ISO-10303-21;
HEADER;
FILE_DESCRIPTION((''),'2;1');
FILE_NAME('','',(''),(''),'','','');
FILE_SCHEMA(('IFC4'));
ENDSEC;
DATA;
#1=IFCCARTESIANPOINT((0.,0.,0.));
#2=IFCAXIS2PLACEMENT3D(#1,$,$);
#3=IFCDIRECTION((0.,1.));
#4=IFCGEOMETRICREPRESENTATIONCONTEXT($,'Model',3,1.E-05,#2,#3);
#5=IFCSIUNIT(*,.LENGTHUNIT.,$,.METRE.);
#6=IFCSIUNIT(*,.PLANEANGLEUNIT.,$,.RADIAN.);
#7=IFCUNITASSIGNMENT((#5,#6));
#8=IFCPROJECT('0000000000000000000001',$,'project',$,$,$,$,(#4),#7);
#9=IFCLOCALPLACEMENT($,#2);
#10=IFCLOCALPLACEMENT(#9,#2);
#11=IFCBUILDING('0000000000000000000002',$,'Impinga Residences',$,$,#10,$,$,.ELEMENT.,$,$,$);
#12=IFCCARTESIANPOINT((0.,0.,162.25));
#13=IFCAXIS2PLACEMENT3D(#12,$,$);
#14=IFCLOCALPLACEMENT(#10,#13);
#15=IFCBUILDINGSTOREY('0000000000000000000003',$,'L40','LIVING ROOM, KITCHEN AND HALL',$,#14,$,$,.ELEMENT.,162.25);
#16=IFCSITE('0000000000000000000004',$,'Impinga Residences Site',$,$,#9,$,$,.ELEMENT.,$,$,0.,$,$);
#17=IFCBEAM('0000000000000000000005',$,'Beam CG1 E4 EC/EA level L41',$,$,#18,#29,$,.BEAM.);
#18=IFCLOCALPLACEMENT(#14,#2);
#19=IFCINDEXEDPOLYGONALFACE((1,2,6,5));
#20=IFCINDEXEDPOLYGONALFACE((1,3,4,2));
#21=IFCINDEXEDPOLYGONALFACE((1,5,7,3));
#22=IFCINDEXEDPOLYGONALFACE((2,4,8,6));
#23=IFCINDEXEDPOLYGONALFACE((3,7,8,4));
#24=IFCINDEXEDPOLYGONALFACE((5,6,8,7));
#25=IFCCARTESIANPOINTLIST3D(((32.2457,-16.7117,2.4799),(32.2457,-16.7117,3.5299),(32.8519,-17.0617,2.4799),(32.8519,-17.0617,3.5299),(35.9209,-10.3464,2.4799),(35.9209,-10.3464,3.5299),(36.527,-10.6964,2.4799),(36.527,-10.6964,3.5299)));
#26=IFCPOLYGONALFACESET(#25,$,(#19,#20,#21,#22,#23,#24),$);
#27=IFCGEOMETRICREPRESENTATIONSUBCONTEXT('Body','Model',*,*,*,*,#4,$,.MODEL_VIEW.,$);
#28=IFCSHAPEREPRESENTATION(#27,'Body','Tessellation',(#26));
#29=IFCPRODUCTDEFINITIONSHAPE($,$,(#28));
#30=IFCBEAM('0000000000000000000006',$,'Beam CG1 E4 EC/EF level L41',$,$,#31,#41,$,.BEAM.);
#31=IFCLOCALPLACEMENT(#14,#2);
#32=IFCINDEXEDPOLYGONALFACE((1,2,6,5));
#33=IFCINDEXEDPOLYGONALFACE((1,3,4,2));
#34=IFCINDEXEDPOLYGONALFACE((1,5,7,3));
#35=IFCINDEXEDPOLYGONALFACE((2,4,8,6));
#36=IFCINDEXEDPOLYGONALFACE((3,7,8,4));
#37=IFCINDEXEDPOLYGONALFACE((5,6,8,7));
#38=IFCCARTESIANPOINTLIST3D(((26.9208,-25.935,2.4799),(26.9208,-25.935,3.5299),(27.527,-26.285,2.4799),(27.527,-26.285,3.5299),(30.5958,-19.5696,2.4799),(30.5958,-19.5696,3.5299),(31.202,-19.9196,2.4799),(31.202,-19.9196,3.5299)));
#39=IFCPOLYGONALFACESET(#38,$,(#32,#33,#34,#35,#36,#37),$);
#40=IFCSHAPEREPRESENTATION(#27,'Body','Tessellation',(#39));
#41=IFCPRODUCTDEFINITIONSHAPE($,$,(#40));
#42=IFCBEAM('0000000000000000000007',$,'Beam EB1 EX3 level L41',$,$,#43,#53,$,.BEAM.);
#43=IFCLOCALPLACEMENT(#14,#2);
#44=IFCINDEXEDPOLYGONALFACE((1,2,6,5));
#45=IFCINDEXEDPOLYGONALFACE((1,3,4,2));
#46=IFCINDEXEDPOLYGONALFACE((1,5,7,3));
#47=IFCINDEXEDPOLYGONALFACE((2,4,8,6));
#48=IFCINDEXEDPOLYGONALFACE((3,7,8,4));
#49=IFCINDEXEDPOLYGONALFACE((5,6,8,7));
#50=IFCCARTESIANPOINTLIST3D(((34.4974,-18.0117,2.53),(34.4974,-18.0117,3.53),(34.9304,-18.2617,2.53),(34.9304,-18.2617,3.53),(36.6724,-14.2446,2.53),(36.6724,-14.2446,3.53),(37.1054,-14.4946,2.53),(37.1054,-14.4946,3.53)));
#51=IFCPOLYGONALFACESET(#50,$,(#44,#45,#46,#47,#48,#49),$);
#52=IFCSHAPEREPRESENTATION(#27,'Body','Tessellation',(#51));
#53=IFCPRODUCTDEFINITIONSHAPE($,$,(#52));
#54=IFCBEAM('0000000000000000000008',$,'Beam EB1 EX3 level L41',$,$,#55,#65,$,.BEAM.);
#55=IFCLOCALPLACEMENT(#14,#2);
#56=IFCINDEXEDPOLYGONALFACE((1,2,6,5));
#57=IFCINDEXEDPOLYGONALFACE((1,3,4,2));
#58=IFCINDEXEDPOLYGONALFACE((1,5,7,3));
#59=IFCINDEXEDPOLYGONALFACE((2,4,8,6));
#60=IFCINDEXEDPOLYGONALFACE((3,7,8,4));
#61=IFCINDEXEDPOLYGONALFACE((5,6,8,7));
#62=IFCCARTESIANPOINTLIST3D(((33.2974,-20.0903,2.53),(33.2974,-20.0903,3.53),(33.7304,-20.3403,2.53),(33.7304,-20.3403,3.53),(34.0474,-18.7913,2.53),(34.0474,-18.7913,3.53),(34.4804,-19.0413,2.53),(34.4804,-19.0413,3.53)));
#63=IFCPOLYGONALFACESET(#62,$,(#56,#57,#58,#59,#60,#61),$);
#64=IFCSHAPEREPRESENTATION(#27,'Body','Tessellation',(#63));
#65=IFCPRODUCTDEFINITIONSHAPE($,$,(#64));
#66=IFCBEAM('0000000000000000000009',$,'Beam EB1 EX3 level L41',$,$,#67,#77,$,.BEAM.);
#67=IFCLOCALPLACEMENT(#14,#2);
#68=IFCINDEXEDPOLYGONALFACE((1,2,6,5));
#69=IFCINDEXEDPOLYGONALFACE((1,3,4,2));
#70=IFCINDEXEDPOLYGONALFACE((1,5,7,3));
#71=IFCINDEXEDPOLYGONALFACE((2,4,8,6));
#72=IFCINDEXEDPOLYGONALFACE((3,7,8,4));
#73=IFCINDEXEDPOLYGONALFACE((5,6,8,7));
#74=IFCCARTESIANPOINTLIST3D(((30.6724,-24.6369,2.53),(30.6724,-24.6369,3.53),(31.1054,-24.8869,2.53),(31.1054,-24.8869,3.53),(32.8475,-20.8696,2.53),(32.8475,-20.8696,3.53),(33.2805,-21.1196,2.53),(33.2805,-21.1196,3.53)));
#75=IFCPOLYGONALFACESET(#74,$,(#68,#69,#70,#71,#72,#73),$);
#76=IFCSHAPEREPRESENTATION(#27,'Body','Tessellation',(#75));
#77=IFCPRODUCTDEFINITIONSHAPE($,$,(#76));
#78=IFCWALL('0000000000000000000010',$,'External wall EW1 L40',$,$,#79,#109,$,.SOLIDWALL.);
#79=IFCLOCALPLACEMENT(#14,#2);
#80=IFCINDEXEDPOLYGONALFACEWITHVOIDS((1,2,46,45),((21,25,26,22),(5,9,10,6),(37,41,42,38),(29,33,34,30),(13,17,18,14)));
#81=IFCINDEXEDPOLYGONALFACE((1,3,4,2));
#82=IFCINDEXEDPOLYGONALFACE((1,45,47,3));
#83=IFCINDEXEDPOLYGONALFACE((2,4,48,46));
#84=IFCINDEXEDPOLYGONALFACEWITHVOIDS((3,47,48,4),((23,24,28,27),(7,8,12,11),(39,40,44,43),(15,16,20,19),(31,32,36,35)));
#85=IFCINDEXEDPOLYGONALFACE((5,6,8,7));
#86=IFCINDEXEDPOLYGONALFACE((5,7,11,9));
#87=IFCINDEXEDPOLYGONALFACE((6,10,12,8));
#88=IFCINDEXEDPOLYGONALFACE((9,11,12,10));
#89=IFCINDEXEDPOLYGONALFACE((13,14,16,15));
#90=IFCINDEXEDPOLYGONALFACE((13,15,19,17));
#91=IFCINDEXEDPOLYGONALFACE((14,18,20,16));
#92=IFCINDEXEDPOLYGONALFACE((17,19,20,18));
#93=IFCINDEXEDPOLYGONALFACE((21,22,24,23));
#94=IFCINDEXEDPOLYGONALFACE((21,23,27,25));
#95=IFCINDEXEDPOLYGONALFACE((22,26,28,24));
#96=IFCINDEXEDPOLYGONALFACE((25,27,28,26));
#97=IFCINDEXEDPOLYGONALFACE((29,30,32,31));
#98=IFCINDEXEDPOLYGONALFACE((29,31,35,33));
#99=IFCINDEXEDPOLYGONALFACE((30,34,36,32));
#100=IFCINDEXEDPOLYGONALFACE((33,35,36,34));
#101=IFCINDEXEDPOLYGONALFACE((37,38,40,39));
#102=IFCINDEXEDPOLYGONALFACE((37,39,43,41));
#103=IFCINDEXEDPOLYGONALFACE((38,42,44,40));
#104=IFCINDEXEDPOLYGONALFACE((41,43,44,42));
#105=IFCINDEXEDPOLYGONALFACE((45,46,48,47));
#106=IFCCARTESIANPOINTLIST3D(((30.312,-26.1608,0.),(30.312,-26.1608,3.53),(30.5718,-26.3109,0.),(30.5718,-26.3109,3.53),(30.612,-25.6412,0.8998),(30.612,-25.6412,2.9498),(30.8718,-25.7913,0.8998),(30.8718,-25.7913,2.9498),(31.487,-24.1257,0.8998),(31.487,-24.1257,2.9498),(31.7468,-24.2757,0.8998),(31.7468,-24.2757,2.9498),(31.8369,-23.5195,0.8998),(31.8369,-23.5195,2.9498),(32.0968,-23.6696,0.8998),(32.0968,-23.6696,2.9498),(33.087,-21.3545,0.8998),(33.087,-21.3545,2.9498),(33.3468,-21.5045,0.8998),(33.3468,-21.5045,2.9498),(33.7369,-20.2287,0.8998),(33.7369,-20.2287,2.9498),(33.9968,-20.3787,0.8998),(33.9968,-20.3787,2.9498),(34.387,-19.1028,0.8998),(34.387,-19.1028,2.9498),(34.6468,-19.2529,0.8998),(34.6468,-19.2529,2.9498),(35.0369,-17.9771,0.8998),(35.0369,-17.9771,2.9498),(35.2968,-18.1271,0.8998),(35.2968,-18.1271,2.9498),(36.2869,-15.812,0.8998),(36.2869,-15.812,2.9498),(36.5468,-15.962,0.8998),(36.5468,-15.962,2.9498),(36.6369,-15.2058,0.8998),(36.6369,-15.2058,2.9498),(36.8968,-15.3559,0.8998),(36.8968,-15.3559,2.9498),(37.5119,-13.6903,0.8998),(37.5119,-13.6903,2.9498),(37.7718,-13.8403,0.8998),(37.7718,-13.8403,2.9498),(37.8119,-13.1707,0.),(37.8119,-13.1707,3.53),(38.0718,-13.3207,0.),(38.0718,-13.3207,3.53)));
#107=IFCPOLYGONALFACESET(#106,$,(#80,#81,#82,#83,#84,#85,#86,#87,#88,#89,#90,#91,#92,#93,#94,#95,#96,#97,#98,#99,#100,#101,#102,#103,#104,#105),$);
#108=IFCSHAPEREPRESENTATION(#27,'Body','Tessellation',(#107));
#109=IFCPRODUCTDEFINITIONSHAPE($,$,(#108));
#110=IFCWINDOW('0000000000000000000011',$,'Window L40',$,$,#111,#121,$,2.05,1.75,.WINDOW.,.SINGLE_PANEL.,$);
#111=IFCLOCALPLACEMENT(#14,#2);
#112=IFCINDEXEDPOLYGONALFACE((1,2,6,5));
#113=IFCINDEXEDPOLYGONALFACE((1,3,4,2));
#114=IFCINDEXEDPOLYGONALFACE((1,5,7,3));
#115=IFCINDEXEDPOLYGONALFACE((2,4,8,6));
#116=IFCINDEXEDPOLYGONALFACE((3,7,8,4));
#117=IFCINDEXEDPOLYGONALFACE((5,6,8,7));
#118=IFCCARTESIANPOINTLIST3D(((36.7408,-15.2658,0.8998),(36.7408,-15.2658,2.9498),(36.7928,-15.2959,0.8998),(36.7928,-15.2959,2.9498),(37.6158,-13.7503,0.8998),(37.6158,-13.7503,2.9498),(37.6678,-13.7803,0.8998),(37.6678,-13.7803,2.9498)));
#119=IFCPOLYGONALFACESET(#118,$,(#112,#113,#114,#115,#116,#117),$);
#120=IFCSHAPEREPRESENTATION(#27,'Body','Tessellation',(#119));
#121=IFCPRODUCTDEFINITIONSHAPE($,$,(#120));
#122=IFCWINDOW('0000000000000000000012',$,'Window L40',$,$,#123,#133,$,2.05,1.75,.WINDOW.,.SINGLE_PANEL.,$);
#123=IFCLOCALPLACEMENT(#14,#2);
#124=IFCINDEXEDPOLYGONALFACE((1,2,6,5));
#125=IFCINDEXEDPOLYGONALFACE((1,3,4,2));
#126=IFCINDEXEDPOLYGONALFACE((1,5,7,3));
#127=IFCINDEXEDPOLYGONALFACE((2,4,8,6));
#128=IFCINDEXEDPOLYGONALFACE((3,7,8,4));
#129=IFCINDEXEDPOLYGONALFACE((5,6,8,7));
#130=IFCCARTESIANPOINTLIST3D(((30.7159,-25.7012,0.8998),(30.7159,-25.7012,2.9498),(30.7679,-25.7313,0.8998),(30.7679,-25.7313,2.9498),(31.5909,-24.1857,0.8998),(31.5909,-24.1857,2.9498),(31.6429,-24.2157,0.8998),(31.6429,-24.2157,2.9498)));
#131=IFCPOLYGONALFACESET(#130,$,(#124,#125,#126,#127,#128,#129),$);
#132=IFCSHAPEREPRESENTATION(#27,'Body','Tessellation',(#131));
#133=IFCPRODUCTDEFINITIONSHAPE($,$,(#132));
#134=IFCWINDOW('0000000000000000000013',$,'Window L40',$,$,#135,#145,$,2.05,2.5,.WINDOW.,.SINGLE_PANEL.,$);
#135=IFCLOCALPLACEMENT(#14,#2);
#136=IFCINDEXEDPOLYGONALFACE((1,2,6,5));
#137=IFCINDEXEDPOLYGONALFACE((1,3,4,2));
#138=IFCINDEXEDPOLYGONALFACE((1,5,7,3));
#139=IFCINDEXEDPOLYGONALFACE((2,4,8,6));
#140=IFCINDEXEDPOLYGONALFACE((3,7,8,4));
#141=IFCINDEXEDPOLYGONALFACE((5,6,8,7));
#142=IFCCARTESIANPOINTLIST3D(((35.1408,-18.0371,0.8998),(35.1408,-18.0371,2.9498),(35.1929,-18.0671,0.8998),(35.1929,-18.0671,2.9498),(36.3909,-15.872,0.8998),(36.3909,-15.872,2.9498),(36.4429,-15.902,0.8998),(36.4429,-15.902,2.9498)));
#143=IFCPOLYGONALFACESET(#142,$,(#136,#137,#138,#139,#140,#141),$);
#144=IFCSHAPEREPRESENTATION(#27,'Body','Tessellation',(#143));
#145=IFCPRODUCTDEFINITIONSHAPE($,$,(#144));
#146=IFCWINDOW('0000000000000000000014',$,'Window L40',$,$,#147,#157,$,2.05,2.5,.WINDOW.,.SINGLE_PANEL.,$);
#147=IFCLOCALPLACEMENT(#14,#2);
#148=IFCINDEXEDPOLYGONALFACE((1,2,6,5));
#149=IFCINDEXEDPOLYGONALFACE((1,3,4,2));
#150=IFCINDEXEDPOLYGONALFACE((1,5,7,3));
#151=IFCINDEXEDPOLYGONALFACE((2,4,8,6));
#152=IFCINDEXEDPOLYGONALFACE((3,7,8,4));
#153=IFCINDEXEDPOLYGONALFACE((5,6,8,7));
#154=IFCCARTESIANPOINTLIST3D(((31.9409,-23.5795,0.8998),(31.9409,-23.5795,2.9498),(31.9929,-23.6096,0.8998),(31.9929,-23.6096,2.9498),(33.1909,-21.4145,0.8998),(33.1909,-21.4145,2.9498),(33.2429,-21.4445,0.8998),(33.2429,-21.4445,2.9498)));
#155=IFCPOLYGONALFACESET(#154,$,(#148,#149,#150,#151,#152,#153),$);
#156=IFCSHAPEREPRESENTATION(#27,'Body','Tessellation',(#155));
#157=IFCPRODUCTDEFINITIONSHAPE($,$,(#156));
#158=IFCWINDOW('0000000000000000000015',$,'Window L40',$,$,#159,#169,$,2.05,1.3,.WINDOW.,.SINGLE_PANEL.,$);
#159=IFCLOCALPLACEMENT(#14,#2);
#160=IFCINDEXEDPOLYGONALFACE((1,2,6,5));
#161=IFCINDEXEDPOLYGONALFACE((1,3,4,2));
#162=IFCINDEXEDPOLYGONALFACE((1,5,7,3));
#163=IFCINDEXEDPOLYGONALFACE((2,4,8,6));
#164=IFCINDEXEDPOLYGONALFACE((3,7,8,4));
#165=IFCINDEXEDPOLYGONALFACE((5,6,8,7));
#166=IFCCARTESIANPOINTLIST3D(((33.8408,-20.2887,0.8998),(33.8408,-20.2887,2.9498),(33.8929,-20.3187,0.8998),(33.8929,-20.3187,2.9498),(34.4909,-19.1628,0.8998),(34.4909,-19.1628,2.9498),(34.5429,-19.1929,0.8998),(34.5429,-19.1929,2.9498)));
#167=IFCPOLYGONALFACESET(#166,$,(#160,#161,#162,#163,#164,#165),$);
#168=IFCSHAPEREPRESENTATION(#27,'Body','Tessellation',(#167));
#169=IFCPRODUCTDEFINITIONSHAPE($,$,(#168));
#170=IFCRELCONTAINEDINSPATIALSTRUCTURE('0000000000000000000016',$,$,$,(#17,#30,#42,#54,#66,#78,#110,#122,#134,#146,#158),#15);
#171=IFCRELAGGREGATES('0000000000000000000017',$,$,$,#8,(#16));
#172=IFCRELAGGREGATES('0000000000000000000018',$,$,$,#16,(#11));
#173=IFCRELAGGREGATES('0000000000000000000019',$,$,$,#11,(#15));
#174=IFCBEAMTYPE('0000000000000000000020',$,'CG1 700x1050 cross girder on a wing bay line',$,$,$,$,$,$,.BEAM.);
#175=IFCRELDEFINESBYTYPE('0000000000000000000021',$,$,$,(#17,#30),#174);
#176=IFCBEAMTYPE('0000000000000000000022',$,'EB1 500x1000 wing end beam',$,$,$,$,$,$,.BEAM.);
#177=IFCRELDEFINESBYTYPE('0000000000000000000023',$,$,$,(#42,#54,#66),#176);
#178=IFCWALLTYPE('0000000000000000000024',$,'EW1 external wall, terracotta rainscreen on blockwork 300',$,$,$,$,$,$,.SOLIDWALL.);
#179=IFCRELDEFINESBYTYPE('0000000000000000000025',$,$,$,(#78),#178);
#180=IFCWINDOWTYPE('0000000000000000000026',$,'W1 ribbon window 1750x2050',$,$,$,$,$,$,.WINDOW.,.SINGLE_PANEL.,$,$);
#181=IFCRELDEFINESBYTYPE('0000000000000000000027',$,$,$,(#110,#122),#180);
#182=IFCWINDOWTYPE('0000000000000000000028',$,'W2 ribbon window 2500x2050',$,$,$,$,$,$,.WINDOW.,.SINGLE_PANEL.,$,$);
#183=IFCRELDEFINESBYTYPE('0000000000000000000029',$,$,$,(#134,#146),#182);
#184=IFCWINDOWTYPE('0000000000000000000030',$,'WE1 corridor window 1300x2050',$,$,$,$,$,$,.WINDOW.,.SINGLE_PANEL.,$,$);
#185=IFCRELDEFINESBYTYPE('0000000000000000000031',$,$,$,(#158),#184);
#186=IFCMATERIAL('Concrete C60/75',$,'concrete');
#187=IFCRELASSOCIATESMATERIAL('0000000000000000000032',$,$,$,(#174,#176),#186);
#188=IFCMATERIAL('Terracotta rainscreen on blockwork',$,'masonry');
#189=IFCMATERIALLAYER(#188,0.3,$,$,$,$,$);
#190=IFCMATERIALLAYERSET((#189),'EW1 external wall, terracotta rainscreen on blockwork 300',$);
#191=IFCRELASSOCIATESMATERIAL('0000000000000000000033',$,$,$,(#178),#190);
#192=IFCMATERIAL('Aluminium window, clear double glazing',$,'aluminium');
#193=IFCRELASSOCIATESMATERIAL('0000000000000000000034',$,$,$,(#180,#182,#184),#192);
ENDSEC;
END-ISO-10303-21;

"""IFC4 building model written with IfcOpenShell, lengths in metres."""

from ifc_helpers import new_model, si_unit, direction, frame, frame_2d, origin, origin_2d, place, context, subcontext, project, spatial, rectangle, extrude, material, layer, layer_set, material_profile, profile_set, type_object, element, fill, save


model = new_model("IFC4")

# Units and contexts
model_context = context("Model", 3, precision=1e-05, world=origin(), true_north=direction((0.0, 1.0)))
body_context = subcontext(model_context, "Body", "Model", "MODEL_VIEW")
ifc_project = project(units=[si_unit("LENGTHUNIT", "METRE"), si_unit("PLANEANGLEUNIT", "RADIAN")], contexts=[model_context])

# Site, building, storey
site_placement = place(None, origin())
site = spatial("IfcSite", under=ifc_project, at=site_placement, Name="Impinga Residences Site", CompositionType="ELEMENT", RefElevation=0.0)
building_placement = place(site_placement, origin())
building = spatial("IfcBuilding", under=site, at=building_placement, Name="Impinga Residences", CompositionType="ELEMENT")
storey_placement = place(building_placement, frame((0.0, 0.0, 162.25)))
storey = spatial("IfcBuildingStorey", under=building, at=storey_placement, Name="L40", Description="LIVING ROOM, KITCHEN AND HALL", CompositionType="ELEMENT", Elevation=162.25)

# Beams
ifc_material_1 = material(Name="Concrete C60/75", Category="concrete")
ifc_material_profile_1 = material_profile(ifc_material_1, rectangle(XDim=0.7, YDim=1.05, at=origin_2d()), Name="RC 700x1050")
ifc_profile_set_1 = profile_set([ifc_material_profile_1], Name="Concrete C60/75")
beam_type_1 = type_object("IfcBeamType", Name="CG1 700x1050 cross girder on a wing bay line", PredefinedType="BEAM", material=ifc_profile_set_1)
for number, where, z_axis, x_axis, name in (
    (1, (32.5488, -16.8867, 3.0049), (0.500008, 0.866021, 0.0), (-0.866021, 0.500008, 0.0), "Beam CG1 E4 EC/EA level L41"),
    (2, (30.8989, -19.7446, 3.0049), (-0.499994, -0.866029, 0.0), (0.866029, -0.499994, 0.0), "Beam CG1 E4 EC/EF level L41"),
):
    element("IfcBeam", number, at=place(storey_placement, frame(where, z_axis=z_axis, x_axis=x_axis)), inside=storey, type_object=beam_type_1, Name=name, PredefinedType="BEAM", context=body_context, shape_type="SweptSolid", body=[
        extrude(rectangle(XDim=0.7, YDim=1.05, at=origin_2d()), origin(), (0.0, 0.0, 1.0), 7.3501),
    ])
ifc_material_profile_2 = material_profile(ifc_material_1, rectangle(XDim=0.5, YDim=1.0, at=origin_2d()), Name="RC 500x1000")
ifc_profile_set_2 = profile_set([ifc_material_profile_2], Name="Concrete C60/75")
beam_type_2 = type_object("IfcBeamType", Name="EB1 500x1000 wing end beam", PredefinedType="BEAM", material=ifc_profile_set_2)
beam_1_placement = place(storey_placement, frame((36.8889, -14.3696, 3.03), z_axis=(-0.50002, -0.866014, 0.0), x_axis=(0.866014, -0.50002, 0.0)))
element("IfcBeam", 3, at=beam_1_placement, inside=storey, type_object=beam_type_2, Name="Beam EB1 EX3 level L41", PredefinedType="BEAM", context=body_context, shape_type="SweptSolid", body=[
    extrude(rectangle(XDim=0.5, YDim=1.0, at=origin_2d()), origin(), (0.0, 0.0, 1.0), 4.3499),
])
beam_2_placement = place(storey_placement, frame((34.2639, -18.9163, 3.03), z_axis=(-0.49999, -0.866031, 0.0), x_axis=(0.866031, -0.49999, 0.0)))
element("IfcBeam", 4, at=beam_2_placement, inside=storey, type_object=beam_type_2, Name="Beam EB1 EX3 level L41", PredefinedType="BEAM", context=body_context, shape_type="SweptSolid", body=[
    extrude(rectangle(XDim=0.5, YDim=1.0, at=origin_2d()), origin(), (0.0, 0.0, 1.0), 1.5),
])
beam_3_placement = place(storey_placement, frame((33.064, -20.9946, 3.03), z_axis=(-0.499996, -0.866028, 0.0), x_axis=(0.866028, -0.499996, 0.0)))
element("IfcBeam", 5, at=beam_3_placement, inside=storey, type_object=beam_type_2, Name="Beam EB1 EX3 level L41", PredefinedType="BEAM", context=body_context, shape_type="SweptSolid", body=[
    extrude(rectangle(XDim=0.5, YDim=1.0, at=origin_2d()), origin(), (0.0, 0.0, 1.0), 4.3501),
])

# Wall, openings, windows
ifc_material_2 = material(Name="Terracotta rainscreen on blockwork", Category="masonry")
ifc_layer_1 = layer(ifc_material_2, 0.3)
ifc_layer_set_1 = layer_set([ifc_layer_1], Name="EW1 external wall, terracotta rainscreen on blockwork 300")
wall_type_1 = type_object("IfcWallType", Name="EW1 external wall, terracotta rainscreen on blockwork 300", PredefinedType="SOLIDWALL", material=ifc_layer_set_1)
wall_1_placement = place(storey_placement, frame((37.9419, -13.2456, 0.0), z_axis=(0.0, 0.0, 1.0), x_axis=(-0.500004, -0.866023, 0.0)))
wall_1 = element("IfcWall", 6, at=wall_1_placement, inside=storey, type_object=wall_type_1, Name="External wall EW1 L40", PredefinedType="SOLIDWALL", context=body_context, shape_type="SweptSolid", body=[
    extrude(rectangle(XDim=14.9998, YDim=0.3, at=frame_2d((7.5, 0.0))), origin(), (0.0, 0.0, 1.0), 3.53),
])
opening_1_placement = place(wall_1_placement, frame((0.6001, 0.0, 0.8999)))
opening_1 = element("IfcOpeningElement", 7, at=opening_1_placement, cuts=wall_1, PredefinedType="OPENING", context=body_context, shape_type="SweptSolid", body=[
    extrude(rectangle(XDim=1.75, YDim=2.05, at=frame_2d((0.875, 1.0249))), frame((0.0, 0.1599, 0.0), z_axis=(0.0, -1.0, 0.0), x_axis=(1.0, 0.0, 0.0)), (0.0, 0.0, 1.0), 0.3201),
])
opening_2_placement = place(wall_1_placement, frame((3.05, 0.0, 0.8999)))
opening_2 = element("IfcOpeningElement", 8, at=opening_2_placement, cuts=wall_1, PredefinedType="OPENING", context=body_context, shape_type="SweptSolid", body=[
    extrude(rectangle(XDim=2.5, YDim=2.05, at=frame_2d((1.25, 1.0249))), frame((0.0, 0.1599, 0.0), z_axis=(0.0, -1.0, 0.0), x_axis=(1.0, 0.0, 0.0)), (0.0, 0.0, 1.0), 0.3201),
])
opening_3_placement = place(wall_1_placement, frame((6.8501, 0.0, 0.8999)))
opening_3 = element("IfcOpeningElement", 9, at=opening_3_placement, cuts=wall_1, PredefinedType="OPENING", context=body_context, shape_type="SweptSolid", body=[
    extrude(rectangle(XDim=1.3, YDim=2.05, at=frame_2d((0.6499, 1.0249))), frame((0.0, 0.1599, 0.0), z_axis=(0.0, -1.0, 0.0), x_axis=(1.0, 0.0, 0.0)), (0.0, 0.0, 1.0), 0.3201),
])
opening_4_placement = place(wall_1_placement, frame((9.45, 0.0, 0.8999)))
opening_4 = element("IfcOpeningElement", 10, at=opening_4_placement, cuts=wall_1, PredefinedType="OPENING", context=body_context, shape_type="SweptSolid", body=[
    extrude(rectangle(XDim=2.5, YDim=2.05, at=frame_2d((1.25, 1.0249))), frame((0.0, 0.1599, 0.0), z_axis=(0.0, -1.0, 0.0), x_axis=(1.0, 0.0, 0.0)), (0.0, 0.0, 1.0), 0.3201),
])
opening_5_placement = place(wall_1_placement, frame((12.6499, 0.0, 0.8999)))
opening_5 = element("IfcOpeningElement", 11, at=opening_5_placement, cuts=wall_1, PredefinedType="OPENING", context=body_context, shape_type="SweptSolid", body=[
    extrude(rectangle(XDim=1.75, YDim=2.05, at=frame_2d((0.875, 1.0249))), frame((0.0, 0.1599, 0.0), z_axis=(0.0, -1.0, 0.0), x_axis=(1.0, 0.0, 0.0)), (0.0, 0.0, 1.0), 0.3201),
])
ifc_material_3 = material(Name="Aluminium window, clear double glazing", Category="aluminium")
window_type_1 = type_object("IfcWindowType", Name="W1 ribbon window 1750x2050", PartitioningType="SINGLE_PANEL", PredefinedType="WINDOW", material=ifc_material_3)
window_1_placement = place(opening_1_placement, origin())
window_1 = element("IfcWindow", 12, at=window_1_placement, inside=storey, type_object=window_type_1, Name="Window L40", OverallHeight=2.05, OverallWidth=1.75, PartitioningType="SINGLE_PANEL", PredefinedType="WINDOW", context=body_context, shape_type="SweptSolid", body=[
    extrude(rectangle(XDim=1.75, YDim=2.05, at=frame_2d((0.875, 1.0249))), frame((0.0, 0.03, 0.0), z_axis=(0.0, -1.0, 0.0), x_axis=(1.0, 0.0, 0.0)), (0.0, 0.0, 1.0), 0.0601),
])
fill(opening_1, window_1)
window_2_placement = place(opening_5_placement, origin())
window_2 = element("IfcWindow", 13, at=window_2_placement, inside=storey, type_object=window_type_1, Name="Window L40", OverallHeight=2.05, OverallWidth=1.75, PartitioningType="SINGLE_PANEL", PredefinedType="WINDOW", context=body_context, shape_type="SweptSolid", body=[
    extrude(rectangle(XDim=1.75, YDim=2.05, at=frame_2d((0.875, 1.0249))), frame((0.0, 0.03, 0.0), z_axis=(0.0, -1.0, 0.0), x_axis=(1.0, 0.0, 0.0)), (0.0, 0.0, 1.0), 0.0601),
])
fill(opening_5, window_2)
window_type_2 = type_object("IfcWindowType", Name="W2 ribbon window 2500x2050", PartitioningType="SINGLE_PANEL", PredefinedType="WINDOW", material=ifc_material_3)
window_3_placement = place(opening_2_placement, origin())
window_3 = element("IfcWindow", 14, at=window_3_placement, inside=storey, type_object=window_type_2, Name="Window L40", OverallHeight=2.05, OverallWidth=2.5, PartitioningType="SINGLE_PANEL", PredefinedType="WINDOW", context=body_context, shape_type="SweptSolid", body=[
    extrude(rectangle(XDim=2.5, YDim=2.05, at=frame_2d((1.25, 1.0249))), frame((0.0, 0.03, 0.0), z_axis=(0.0, -1.0, 0.0), x_axis=(1.0, 0.0, 0.0)), (0.0, 0.0, 1.0), 0.0601),
])
fill(opening_2, window_3)
window_4_placement = place(opening_4_placement, origin())
window_4 = element("IfcWindow", 15, at=window_4_placement, inside=storey, type_object=window_type_2, Name="Window L40", OverallHeight=2.05, OverallWidth=2.5, PartitioningType="SINGLE_PANEL", PredefinedType="WINDOW", context=body_context, shape_type="SweptSolid", body=[
    extrude(rectangle(XDim=2.5, YDim=2.05, at=frame_2d((1.25, 1.0249))), frame((0.0, 0.03, 0.0), z_axis=(0.0, -1.0, 0.0), x_axis=(1.0, 0.0, 0.0)), (0.0, 0.0, 1.0), 0.0601),
])
fill(opening_4, window_4)
window_type_3 = type_object("IfcWindowType", Name="WE1 corridor window 1300x2050", PartitioningType="SINGLE_PANEL", PredefinedType="WINDOW", material=ifc_material_3)
window_5_placement = place(opening_3_placement, origin())
window_5 = element("IfcWindow", 16, at=window_5_placement, inside=storey, type_object=window_type_3, Name="Window L40", OverallHeight=2.05, OverallWidth=1.3, PartitioningType="SINGLE_PANEL", PredefinedType="WINDOW", context=body_context, shape_type="SweptSolid", body=[
    extrude(rectangle(XDim=1.3, YDim=2.05, at=frame_2d((0.6499, 1.0249))), frame((0.0, 0.03, 0.0), z_axis=(0.0, -1.0, 0.0), x_axis=(1.0, 0.0, 0.0)), (0.0, 0.0, 1.0), 0.0601),
])
fill(opening_3, window_5)

save(model, "model.ifc")
